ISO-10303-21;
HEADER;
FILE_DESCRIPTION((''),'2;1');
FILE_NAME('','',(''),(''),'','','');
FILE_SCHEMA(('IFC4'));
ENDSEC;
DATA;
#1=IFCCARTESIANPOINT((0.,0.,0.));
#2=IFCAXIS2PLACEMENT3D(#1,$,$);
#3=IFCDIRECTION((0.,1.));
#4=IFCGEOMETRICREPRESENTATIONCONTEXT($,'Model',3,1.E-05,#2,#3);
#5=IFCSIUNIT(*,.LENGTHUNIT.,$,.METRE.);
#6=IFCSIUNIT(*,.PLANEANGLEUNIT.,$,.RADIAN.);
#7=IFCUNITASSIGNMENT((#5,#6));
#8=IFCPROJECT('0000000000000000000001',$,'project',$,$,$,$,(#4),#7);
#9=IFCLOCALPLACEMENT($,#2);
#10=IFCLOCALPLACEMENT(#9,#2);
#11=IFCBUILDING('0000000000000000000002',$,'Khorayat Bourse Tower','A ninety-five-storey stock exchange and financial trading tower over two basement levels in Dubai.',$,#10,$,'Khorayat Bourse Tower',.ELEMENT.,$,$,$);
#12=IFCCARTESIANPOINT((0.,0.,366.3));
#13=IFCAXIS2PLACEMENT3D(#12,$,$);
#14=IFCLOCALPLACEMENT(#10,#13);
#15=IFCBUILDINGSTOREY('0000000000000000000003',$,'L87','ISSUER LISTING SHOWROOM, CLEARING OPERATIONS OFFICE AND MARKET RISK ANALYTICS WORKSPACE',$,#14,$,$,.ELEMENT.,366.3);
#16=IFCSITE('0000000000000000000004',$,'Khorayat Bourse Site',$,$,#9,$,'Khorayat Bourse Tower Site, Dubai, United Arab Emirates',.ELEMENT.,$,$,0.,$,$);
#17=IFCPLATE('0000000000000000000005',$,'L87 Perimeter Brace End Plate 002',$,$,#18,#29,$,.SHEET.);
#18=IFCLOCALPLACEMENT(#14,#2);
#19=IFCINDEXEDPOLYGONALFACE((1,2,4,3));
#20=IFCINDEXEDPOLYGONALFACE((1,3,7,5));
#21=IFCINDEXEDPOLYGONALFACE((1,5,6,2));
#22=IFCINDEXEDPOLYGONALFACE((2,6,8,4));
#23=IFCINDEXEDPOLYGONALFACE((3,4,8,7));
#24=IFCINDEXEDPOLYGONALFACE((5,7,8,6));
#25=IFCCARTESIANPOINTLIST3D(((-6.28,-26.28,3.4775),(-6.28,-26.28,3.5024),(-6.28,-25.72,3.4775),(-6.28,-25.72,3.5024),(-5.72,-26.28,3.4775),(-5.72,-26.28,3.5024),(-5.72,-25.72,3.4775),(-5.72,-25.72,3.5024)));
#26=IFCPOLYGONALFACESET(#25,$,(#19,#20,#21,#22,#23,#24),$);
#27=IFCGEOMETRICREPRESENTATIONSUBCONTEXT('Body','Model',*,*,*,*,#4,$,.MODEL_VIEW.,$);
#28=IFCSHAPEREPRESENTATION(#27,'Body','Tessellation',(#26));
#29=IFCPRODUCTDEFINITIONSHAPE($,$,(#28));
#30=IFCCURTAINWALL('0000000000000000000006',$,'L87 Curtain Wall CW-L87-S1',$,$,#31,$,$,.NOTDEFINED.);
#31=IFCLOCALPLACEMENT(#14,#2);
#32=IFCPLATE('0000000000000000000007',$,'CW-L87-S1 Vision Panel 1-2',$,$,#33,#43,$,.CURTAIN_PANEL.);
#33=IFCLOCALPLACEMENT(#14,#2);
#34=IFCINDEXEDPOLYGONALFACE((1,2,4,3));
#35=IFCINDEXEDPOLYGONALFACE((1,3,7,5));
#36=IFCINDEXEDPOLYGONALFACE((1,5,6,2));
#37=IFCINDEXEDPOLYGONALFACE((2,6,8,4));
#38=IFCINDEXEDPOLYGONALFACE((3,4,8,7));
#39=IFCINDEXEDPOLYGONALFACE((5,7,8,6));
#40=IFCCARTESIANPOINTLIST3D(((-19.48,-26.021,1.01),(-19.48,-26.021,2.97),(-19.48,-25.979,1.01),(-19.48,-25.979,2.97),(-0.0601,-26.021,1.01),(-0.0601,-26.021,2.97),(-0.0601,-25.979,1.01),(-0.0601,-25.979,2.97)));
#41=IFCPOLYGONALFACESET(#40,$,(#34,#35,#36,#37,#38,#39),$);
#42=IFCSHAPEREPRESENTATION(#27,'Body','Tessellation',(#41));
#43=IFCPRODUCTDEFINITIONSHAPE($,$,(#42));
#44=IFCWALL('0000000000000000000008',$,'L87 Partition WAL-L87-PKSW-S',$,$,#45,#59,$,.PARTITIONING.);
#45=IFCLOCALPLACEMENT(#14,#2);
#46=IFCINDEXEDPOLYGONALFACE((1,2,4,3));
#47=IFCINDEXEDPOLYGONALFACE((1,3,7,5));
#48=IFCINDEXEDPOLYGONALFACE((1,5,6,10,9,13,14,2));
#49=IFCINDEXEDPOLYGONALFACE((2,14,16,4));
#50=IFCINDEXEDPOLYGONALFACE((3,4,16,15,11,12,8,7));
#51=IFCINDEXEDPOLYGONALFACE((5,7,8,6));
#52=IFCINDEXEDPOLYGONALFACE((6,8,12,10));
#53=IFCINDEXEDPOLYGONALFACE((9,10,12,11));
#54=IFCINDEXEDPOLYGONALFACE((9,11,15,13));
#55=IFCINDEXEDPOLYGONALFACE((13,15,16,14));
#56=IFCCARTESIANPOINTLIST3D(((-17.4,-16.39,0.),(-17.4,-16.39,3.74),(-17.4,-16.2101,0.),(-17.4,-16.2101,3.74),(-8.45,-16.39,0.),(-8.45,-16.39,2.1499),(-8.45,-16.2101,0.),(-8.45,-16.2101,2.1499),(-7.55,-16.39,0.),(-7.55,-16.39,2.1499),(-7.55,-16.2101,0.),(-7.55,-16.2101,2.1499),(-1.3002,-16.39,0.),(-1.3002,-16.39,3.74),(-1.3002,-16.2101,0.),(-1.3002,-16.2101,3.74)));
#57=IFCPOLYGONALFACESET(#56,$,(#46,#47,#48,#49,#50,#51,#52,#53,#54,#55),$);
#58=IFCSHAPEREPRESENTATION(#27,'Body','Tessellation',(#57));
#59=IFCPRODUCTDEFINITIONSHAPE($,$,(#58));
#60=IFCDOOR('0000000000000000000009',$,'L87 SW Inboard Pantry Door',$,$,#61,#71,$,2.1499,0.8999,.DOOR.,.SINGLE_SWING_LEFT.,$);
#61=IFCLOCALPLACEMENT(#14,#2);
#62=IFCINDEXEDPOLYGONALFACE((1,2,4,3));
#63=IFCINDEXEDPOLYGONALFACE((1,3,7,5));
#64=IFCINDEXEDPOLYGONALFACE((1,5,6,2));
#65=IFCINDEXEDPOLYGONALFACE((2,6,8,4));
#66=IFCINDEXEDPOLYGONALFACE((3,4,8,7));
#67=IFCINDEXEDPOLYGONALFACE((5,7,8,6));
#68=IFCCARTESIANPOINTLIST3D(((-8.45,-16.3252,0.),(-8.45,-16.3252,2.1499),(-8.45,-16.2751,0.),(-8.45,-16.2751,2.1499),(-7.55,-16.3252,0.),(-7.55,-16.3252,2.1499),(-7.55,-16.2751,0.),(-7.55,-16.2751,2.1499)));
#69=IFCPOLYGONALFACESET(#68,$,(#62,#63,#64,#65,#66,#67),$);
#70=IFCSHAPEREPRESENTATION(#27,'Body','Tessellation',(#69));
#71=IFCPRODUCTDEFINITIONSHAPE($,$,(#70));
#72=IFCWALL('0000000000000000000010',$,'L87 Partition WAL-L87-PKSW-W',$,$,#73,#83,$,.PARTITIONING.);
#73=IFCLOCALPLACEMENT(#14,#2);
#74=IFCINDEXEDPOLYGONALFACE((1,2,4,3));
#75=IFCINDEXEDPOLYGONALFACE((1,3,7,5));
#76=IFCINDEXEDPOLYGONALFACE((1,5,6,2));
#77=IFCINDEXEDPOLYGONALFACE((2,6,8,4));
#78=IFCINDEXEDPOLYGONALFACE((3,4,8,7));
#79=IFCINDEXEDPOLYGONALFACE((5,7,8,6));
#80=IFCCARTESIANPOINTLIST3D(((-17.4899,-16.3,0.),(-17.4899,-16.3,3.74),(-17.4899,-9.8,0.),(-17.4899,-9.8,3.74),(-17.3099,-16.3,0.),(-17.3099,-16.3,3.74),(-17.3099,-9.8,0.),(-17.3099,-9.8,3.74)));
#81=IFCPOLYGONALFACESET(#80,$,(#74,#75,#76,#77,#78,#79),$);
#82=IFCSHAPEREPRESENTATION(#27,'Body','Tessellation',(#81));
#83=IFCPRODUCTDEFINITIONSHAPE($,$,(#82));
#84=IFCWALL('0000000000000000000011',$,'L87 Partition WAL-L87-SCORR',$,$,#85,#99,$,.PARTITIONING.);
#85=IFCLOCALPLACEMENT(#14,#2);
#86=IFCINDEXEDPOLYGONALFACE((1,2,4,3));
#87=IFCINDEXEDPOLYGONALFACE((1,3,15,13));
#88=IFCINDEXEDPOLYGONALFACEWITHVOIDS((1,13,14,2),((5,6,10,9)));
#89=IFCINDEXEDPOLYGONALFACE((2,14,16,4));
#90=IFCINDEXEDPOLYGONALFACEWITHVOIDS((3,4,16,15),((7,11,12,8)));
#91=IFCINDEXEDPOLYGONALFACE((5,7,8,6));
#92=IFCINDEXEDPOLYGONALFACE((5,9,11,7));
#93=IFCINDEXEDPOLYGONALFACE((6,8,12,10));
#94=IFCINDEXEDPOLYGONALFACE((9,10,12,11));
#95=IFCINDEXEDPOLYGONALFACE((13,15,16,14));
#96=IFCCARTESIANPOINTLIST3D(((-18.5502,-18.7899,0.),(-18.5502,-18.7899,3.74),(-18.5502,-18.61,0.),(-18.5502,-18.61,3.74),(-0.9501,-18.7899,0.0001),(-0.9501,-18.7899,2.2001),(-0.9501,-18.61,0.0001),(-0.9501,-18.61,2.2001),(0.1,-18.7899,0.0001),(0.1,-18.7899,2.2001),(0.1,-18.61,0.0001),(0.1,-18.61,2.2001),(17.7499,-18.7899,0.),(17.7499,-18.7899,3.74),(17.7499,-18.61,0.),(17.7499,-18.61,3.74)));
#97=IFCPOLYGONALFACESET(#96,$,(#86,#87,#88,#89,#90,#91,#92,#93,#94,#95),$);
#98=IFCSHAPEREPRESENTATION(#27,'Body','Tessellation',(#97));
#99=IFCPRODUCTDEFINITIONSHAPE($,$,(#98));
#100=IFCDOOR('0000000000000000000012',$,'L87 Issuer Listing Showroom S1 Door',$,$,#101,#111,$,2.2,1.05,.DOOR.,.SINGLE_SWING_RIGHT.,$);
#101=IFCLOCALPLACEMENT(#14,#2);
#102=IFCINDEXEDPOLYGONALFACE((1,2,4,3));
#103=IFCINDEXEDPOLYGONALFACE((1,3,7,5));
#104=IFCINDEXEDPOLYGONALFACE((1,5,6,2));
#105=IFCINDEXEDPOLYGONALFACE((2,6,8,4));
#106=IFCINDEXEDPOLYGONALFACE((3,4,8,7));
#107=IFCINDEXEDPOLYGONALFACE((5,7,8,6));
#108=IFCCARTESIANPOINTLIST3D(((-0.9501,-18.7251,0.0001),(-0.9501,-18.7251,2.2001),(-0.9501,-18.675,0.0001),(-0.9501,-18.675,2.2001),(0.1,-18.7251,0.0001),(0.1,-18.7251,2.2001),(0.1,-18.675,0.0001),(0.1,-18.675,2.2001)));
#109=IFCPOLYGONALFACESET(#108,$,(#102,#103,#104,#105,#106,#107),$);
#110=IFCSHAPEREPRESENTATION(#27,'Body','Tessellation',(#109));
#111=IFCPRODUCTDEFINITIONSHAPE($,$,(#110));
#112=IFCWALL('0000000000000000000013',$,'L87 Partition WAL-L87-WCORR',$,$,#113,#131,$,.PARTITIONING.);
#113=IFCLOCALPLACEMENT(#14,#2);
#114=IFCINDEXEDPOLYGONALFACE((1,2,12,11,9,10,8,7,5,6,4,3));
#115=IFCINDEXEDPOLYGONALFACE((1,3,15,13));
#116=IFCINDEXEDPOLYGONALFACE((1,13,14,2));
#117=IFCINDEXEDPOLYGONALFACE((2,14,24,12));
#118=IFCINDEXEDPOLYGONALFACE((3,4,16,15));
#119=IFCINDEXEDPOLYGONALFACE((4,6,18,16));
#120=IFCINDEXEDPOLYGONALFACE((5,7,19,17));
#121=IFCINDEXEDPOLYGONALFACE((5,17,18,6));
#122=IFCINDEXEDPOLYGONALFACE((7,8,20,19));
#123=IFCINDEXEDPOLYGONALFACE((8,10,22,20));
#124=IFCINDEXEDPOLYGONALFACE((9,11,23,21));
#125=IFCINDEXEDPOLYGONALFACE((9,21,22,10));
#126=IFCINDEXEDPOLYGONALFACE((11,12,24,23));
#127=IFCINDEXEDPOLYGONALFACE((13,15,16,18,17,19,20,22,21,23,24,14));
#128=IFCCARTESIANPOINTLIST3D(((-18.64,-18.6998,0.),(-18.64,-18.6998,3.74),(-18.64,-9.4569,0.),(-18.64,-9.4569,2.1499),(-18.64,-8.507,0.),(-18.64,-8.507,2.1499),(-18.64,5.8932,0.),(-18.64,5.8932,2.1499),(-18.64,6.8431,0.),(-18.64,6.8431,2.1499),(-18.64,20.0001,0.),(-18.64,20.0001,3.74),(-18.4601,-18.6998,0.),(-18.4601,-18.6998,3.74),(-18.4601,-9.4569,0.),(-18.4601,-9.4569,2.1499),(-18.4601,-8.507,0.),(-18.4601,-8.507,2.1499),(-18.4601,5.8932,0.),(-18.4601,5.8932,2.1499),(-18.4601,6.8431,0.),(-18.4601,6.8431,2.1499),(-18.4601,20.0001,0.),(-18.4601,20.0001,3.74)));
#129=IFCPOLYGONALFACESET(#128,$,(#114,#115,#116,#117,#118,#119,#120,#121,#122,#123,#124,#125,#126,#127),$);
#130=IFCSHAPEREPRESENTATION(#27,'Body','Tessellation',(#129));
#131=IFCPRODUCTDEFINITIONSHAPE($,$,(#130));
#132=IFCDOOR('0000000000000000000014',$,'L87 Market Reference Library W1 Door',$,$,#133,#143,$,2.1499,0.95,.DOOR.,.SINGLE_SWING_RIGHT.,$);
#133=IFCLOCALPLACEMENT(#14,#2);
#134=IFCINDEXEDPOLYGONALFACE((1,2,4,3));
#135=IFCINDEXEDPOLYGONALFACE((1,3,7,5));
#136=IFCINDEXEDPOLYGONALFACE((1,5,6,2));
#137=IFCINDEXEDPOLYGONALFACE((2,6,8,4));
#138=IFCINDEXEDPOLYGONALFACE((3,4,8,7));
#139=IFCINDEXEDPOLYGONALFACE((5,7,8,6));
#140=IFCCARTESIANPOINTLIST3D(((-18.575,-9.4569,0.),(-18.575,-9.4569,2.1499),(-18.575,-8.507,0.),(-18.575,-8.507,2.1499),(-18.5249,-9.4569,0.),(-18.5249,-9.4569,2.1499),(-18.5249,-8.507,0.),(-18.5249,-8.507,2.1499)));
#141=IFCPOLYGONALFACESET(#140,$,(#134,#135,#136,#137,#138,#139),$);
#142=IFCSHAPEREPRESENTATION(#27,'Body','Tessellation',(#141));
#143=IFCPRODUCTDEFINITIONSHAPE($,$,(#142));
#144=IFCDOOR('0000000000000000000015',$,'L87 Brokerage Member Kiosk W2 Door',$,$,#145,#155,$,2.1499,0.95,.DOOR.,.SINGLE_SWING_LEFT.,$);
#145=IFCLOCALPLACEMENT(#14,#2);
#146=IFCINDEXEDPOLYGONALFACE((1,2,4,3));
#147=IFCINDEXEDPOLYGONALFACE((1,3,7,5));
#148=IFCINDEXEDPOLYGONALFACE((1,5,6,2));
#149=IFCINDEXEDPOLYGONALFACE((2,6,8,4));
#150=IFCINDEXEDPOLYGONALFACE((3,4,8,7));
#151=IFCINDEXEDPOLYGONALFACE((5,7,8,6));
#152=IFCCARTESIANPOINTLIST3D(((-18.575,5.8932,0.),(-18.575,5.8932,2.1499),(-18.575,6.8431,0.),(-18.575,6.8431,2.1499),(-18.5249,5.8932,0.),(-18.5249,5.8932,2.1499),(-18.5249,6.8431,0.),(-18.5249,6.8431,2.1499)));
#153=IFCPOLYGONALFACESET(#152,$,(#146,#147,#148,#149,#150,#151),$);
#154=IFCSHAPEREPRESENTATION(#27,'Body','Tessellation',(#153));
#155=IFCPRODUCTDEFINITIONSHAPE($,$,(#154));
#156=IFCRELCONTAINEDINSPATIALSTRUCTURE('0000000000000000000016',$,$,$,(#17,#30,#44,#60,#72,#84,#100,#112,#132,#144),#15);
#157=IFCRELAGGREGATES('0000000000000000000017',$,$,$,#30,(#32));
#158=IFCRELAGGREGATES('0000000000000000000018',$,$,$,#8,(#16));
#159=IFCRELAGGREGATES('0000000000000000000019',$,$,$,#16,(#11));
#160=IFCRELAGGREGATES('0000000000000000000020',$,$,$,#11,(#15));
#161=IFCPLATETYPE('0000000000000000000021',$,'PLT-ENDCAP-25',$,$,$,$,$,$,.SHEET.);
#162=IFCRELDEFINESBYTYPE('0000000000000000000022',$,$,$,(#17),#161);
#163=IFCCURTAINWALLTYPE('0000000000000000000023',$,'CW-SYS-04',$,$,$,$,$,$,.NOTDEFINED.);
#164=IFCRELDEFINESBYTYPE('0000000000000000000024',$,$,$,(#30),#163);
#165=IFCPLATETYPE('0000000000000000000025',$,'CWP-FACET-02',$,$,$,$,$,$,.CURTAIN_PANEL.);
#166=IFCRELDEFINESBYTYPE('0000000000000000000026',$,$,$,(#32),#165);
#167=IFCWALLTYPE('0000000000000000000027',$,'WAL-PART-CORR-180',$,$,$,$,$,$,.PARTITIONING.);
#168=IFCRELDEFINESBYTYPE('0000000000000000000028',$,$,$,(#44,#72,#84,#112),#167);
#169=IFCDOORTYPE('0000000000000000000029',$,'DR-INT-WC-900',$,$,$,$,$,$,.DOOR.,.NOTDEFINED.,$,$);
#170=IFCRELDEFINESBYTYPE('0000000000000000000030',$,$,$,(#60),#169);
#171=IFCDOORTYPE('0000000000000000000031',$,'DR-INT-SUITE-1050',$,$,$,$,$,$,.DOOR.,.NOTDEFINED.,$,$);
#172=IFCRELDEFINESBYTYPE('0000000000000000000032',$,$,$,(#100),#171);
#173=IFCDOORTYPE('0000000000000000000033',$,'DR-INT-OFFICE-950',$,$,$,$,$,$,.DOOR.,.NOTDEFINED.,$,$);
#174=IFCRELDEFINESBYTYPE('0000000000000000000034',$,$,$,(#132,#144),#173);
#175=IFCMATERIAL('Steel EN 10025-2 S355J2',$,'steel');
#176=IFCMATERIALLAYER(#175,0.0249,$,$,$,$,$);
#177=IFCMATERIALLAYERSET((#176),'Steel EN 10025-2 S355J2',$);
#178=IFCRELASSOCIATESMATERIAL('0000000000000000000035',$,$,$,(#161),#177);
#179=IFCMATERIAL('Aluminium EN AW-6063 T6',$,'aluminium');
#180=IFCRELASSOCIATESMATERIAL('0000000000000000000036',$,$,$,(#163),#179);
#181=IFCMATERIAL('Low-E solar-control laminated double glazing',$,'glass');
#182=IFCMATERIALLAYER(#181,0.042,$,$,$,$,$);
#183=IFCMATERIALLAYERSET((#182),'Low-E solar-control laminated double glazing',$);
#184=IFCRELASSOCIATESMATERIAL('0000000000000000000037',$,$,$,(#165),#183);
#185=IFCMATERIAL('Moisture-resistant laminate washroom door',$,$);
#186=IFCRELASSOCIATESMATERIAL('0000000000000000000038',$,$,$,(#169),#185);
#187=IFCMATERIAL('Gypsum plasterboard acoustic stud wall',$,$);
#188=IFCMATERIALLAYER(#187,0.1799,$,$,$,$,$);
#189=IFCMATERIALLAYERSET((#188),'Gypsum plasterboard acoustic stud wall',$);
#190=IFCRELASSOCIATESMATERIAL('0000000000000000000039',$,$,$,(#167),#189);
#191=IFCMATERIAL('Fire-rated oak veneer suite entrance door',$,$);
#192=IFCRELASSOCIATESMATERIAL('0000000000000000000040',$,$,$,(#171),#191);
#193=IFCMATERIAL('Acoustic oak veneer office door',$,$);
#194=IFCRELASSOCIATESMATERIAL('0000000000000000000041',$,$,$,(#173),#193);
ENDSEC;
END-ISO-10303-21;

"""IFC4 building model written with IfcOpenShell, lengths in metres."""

from ifc_helpers import new_model, si_unit, direction, frame, frame_2d, origin, origin_2d, place, context, subcontext, project, spatial, rectangle, extrude, source, transform, mapped, material, layer, layer_set, type_object, element, fill, aggregate, save


model = new_model("IFC4")

# Units and contexts
model_context = context("Model", 3, precision=1e-05, world=origin(), true_north=direction((0.0, 1.0)))
body_context = subcontext(model_context, "Body", "Model", "MODEL_VIEW")
ifc_project = project(units=[si_unit("LENGTHUNIT", "METRE"), si_unit("PLANEANGLEUNIT", "RADIAN")], contexts=[model_context])

# Site, building, storey
site_placement = place(None, origin())
site = spatial("IfcSite", under=ifc_project, at=site_placement, Name="Khorayat Bourse Site", LongName="Khorayat Bourse Tower Site, Dubai, United Arab Emirates", CompositionType="ELEMENT", RefElevation=0.0)
building_placement = place(site_placement, origin())
building = spatial("IfcBuilding", under=site, at=building_placement, Name="Khorayat Bourse Tower", Description="A ninety-five-storey stock exchange and financial trading tower over two basement levels in Dubai.", LongName="Khorayat Bourse Tower", CompositionType="ELEMENT")
storey_placement = place(building_placement, frame((0.0, 0.0, 366.3)))
storey = spatial("IfcBuildingStorey", under=building, at=storey_placement, Name="L87", Description="ISSUER LISTING SHOWROOM, CLEARING OPERATIONS OFFICE AND MARKET RISK ANALYTICS WORKSPACE", CompositionType="ELEMENT", Elevation=366.3)

# Shared definitions
ifc_material_1 = material(Name="Steel EN 10025-2 S355J2", Category="steel")

# Plate
ifc_layer_1 = layer(ifc_material_1, 0.0249)
ifc_layer_set_1 = layer_set([ifc_layer_1], Name="Steel EN 10025-2 S355J2")
plate_type_1 = type_object("IfcPlateType", Name="PLT-ENDCAP-25", PredefinedType="SHEET", material=ifc_layer_set_1)
shared_shape_1 = source(origin(), body_context, "Body", "SweptSolid", [
    extrude(rectangle(XDim=0.5601, YDim=0.5601, at=origin_2d()), origin(), (0.0, 0.0, 1.0), 0.0249),
])
plate_1_placement = place(storey_placement, frame((-6.0, -26.0, 3.4775), z_axis=(0.0, 0.0, 1.0), x_axis=(1.0, 0.0, 0.0)))
element("IfcPlate", 1, at=plate_1_placement, inside=storey, type_object=plate_type_1, Name="L87 Perimeter Brace End Plate 002", PredefinedType="SHEET", context=body_context, shape_type="MappedRepresentation", body=[
    mapped(shared_shape_1, transform((0.0, 0.0, 0.0), scale=1.0)),
])

# Curtain wall, plate
ifc_material_2 = material(Name="Aluminium EN AW-6063 T6", Category="aluminium")
curtain_wall_type = type_object("IfcCurtainWallType", Name="CW-SYS-04", PredefinedType="NOTDEFINED", material=ifc_material_2)
curtain_wall_placement = place(storey_placement, origin())
curtain_wall = element("IfcCurtainWall", 2, at=curtain_wall_placement, inside=storey, type_object=curtain_wall_type, Name="L87 Curtain Wall CW-L87-S1", PredefinedType="NOTDEFINED")
ifc_material_3 = material(Name="Low-E solar-control laminated double glazing", Category="glass")
ifc_layer_2 = layer(ifc_material_3, 0.042)
ifc_layer_set_2 = layer_set([ifc_layer_2], Name="Low-E solar-control laminated double glazing")
plate_type_2 = type_object("IfcPlateType", Name="CWP-FACET-02", PredefinedType="CURTAIN_PANEL", material=ifc_layer_set_2)
shared_shape_2 = source(origin(), body_context, "Body", "SweptSolid", [
    extrude(rectangle(XDim=19.4199, YDim=0.042, at=origin_2d()), origin(), (0.0, 0.0, 1.0), 1.96),
])
plate_2_placement = place(storey_placement, frame((-9.77, -26.0, 1.01), z_axis=(0.0, 0.0, 1.0), x_axis=(1.0, 0.0, 0.0)))
plate_2 = element("IfcPlate", 3, at=plate_2_placement, type_object=plate_type_2, Name="CW-L87-S1 Vision Panel 1-2", PredefinedType="CURTAIN_PANEL", context=body_context, shape_type="MappedRepresentation", body=[
    mapped(shared_shape_2, transform((0.0, 0.0, 0.0), scale=1.0)),
])
aggregate(curtain_wall, [plate_2])

# Shared definitions
ifc_material_4 = material(Name="Moisture-resistant laminate washroom door")
door_type_1 = type_object("IfcDoorType", Name="DR-INT-WC-900", OperationType="NOTDEFINED", PredefinedType="DOOR", material=ifc_material_4)
shared_shape_3 = source(origin(), body_context, "Body", "SweptSolid", [
    extrude(rectangle(XDim=0.8999, YDim=2.1499, at=frame_2d((0.45, 1.075))), frame((0.0, 0.0249, 0.0), z_axis=(0.0, -1.0, 0.0), x_axis=(1.0, 0.0, 0.0)), (0.0, 0.0, 1.0), 0.05),
])

# Wall, opening, door
ifc_material_5 = material(Name="Gypsum plasterboard acoustic stud wall")
ifc_layer_3 = layer(ifc_material_5, 0.1799)
ifc_layer_set_3 = layer_set([ifc_layer_3], Name="Gypsum plasterboard acoustic stud wall")
wall_type_1 = type_object("IfcWallType", Name="WAL-PART-CORR-180", PredefinedType="PARTITIONING", material=ifc_layer_set_3)
shared_shape_4 = source(origin(), body_context, "Body", "SweptSolid", [
    extrude(rectangle(XDim=16.0999, YDim=0.1799, at=frame_2d((8.0498, 0.0))), origin(), (0.0, 0.0, 1.0), 3.74),
])
wall_1_placement = place(storey_placement, frame((-17.3999, -16.3, 0.0), z_axis=(0.0, 0.0, 1.0), x_axis=(1.0, 0.0, 0.0)))
wall_1 = element("IfcWall", 4, at=wall_1_placement, inside=storey, type_object=wall_type_1, Name="L87 Partition WAL-L87-PKSW-S", PredefinedType="PARTITIONING", context=body_context, shape_type="MappedRepresentation", body=[
    mapped(shared_shape_4, transform((0.0, 0.0, 0.0), scale=1.0)),
])
shared_shape_5 = source(origin(), body_context, "Body", "SweptSolid", [
    extrude(rectangle(XDim=0.8999, YDim=2.1499, at=frame_2d((0.45, 1.075))), frame((0.0, 0.0999, 0.0), z_axis=(0.0, -1.0, 0.0), x_axis=(1.0, 0.0, 0.0)), (0.0, 0.0, 1.0), 0.2),
])
opening_1_placement = place(wall_1_placement, frame((8.95, 0.0, 0.0)))
opening_1 = element("IfcOpeningElement", 5, at=opening_1_placement, cuts=wall_1, PredefinedType="OPENING", context=body_context, shape_type="MappedRepresentation", body=[
    mapped(shared_shape_5, transform((0.0, 0.0, 0.0), scale=1.0)),
])
door_1_placement = place(opening_1_placement, origin())
door_1 = element("IfcDoor", 6, at=door_1_placement, inside=storey, type_object=door_type_1, Name="L87 SW Inboard Pantry Door", OperationType="SINGLE_SWING_LEFT", OverallHeight=2.1499, OverallWidth=0.8999, PredefinedType="DOOR", context=body_context, shape_type="MappedRepresentation", body=[
    mapped(shared_shape_3, transform((0.0, 0.0, 0.0), scale=1.0)),
])
fill(opening_1, door_1)

# Wall
shared_shape_6 = source(origin(), body_context, "Body", "SweptSolid", [
    extrude(rectangle(XDim=6.5, YDim=0.1799, at=frame_2d((3.25, 0.0))), origin(), (0.0, 0.0, 1.0), 3.74),
])
wall_2_placement = place(storey_placement, frame((-17.3999, -16.3, 0.0), z_axis=(0.0, 0.0, 1.0), x_axis=(0.0, 1.0, 0.0)))
element("IfcWall", 7, at=wall_2_placement, inside=storey, type_object=wall_type_1, Name="L87 Partition WAL-L87-PKSW-W", PredefinedType="PARTITIONING", context=body_context, shape_type="MappedRepresentation", body=[
    mapped(shared_shape_6, transform((0.0, 0.0, 0.0), scale=1.0)),
])

# Wall, opening, door
shared_shape_7 = source(origin(), body_context, "Body", "SweptSolid", [
    extrude(rectangle(XDim=36.3, YDim=0.1799, at=frame_2d((18.1499, 0.0))), origin(), (0.0, 0.0, 1.0), 3.74),
])
wall_3_placement = place(storey_placement, frame((-18.55, -18.7, 0.0), z_axis=(0.0, 0.0, 1.0), x_axis=(1.0, 0.0, 0.0)))
wall_3 = element("IfcWall", 8, at=wall_3_placement, inside=storey, type_object=wall_type_1, Name="L87 Partition WAL-L87-SCORR", PredefinedType="PARTITIONING", context=body_context, shape_type="MappedRepresentation", body=[
    mapped(shared_shape_7, transform((0.0, 0.0, 0.0), scale=1.0)),
])
shared_shape_8 = source(origin(), body_context, "Body", "SweptSolid", [
    extrude(rectangle(XDim=1.05, YDim=2.2, at=frame_2d((0.5249, 1.1001))), frame((0.0, 0.0999, 0.0), z_axis=(0.0, -1.0, 0.0), x_axis=(1.0, 0.0, 0.0)), (0.0, 0.0, 1.0), 0.2),
])
opening_2_placement = place(wall_3_placement, frame((17.6001, 0.0, 0.0)))
opening_2 = element("IfcOpeningElement", 9, at=opening_2_placement, cuts=wall_3, PredefinedType="OPENING", context=body_context, shape_type="MappedRepresentation", body=[
    mapped(shared_shape_8, transform((0.0, 0.0, 0.0), scale=1.0)),
])
ifc_material_6 = material(Name="Fire-rated oak veneer suite entrance door")
door_type_2 = type_object("IfcDoorType", Name="DR-INT-SUITE-1050", OperationType="NOTDEFINED", PredefinedType="DOOR", material=ifc_material_6)
shared_shape_9 = source(origin(), body_context, "Body", "SweptSolid", [
    extrude(rectangle(XDim=1.05, YDim=2.2, at=frame_2d((0.5249, 1.1001))), frame((0.0, 0.0249, 0.0), z_axis=(0.0, -1.0, 0.0), x_axis=(1.0, 0.0, 0.0)), (0.0, 0.0, 1.0), 0.05),
])
door_2_placement = place(opening_2_placement, origin())
door_2 = element("IfcDoor", 10, at=door_2_placement, inside=storey, type_object=door_type_2, Name="L87 Issuer Listing Showroom S1 Door", OperationType="SINGLE_SWING_RIGHT", OverallHeight=2.2, OverallWidth=1.05, PredefinedType="DOOR", context=body_context, shape_type="MappedRepresentation", body=[
    mapped(shared_shape_9, transform((0.0, 0.0, 0.0), scale=1.0)),
])
fill(opening_2, door_2)

# Wall, openings, doors
shared_shape_10 = source(origin(), body_context, "Body", "SweptSolid", [
    extrude(rectangle(XDim=38.7, YDim=0.1799, at=frame_2d((19.3501, 0.0))), origin(), (0.0, 0.0, 1.0), 3.74),
])
wall_4_placement = place(storey_placement, frame((-18.55, -18.7, 0.0), z_axis=(0.0, 0.0, 1.0), x_axis=(0.0, 1.0, 0.0)))
wall_4 = element("IfcWall", 11, at=wall_4_placement, inside=storey, type_object=wall_type_1, Name="L87 Partition WAL-L87-WCORR", PredefinedType="PARTITIONING", context=body_context, shape_type="MappedRepresentation", body=[
    mapped(shared_shape_10, transform((0.0, 0.0, 0.0), scale=1.0)),
])
shared_shape_11 = source(origin(), body_context, "Body", "SweptSolid", [
    extrude(rectangle(XDim=0.95, YDim=2.1499, at=frame_2d((0.4751, 1.075))), frame((0.0, 0.0999, 0.0), z_axis=(0.0, -1.0, 0.0), x_axis=(1.0, 0.0, 0.0)), (0.0, 0.0, 1.0), 0.2),
])
opening_3_placement = place(wall_4_placement, frame((9.2429, 0.0, 0.0)))
opening_3 = element("IfcOpeningElement", 12, at=opening_3_placement, cuts=wall_4, PredefinedType="OPENING", context=body_context, shape_type="MappedRepresentation", body=[
    mapped(shared_shape_11, transform((0.0, 0.0, 0.0), scale=1.0)),
])
opening_4_placement = place(wall_4_placement, frame((24.593, 0.0, 0.0)))
opening_4 = element("IfcOpeningElement", 13, at=opening_4_placement, cuts=wall_4, PredefinedType="OPENING", context=body_context, shape_type="MappedRepresentation", body=[
    mapped(shared_shape_11, transform((0.0, 0.0, 0.0), scale=1.0)),
])
ifc_material_7 = material(Name="Acoustic oak veneer office door")
door_type_3 = type_object("IfcDoorType", Name="DR-INT-OFFICE-950", OperationType="NOTDEFINED", PredefinedType="DOOR", material=ifc_material_7)
shared_shape_12 = source(origin(), body_context, "Body", "SweptSolid", [
    extrude(rectangle(XDim=0.95, YDim=2.1499, at=frame_2d((0.4751, 1.075))), frame((0.0, 0.0249, 0.0), z_axis=(0.0, -1.0, 0.0), x_axis=(1.0, 0.0, 0.0)), (0.0, 0.0, 1.0), 0.05),
])
door_3_placement = place(opening_3_placement, origin())
door_3 = element("IfcDoor", 14, at=door_3_placement, inside=storey, type_object=door_type_3, Name="L87 Market Reference Library W1 Door", OperationType="SINGLE_SWING_RIGHT", OverallHeight=2.1499, OverallWidth=0.95, PredefinedType="DOOR", context=body_context, shape_type="MappedRepresentation", body=[
    mapped(shared_shape_12, transform((0.0, 0.0, 0.0), scale=1.0)),
])
fill(opening_3, door_3)
door_4_placement = place(opening_4_placement, origin())
door_4 = element("IfcDoor", 15, at=door_4_placement, inside=storey, type_object=door_type_3, Name="L87 Brokerage Member Kiosk W2 Door", OperationType="SINGLE_SWING_LEFT", OverallHeight=2.1499, OverallWidth=0.95, PredefinedType="DOOR", context=body_context, shape_type="MappedRepresentation", body=[
    mapped(shared_shape_12, transform((0.0, 0.0, 0.0), scale=1.0)),
])
fill(opening_4, door_4)

save(model, "model.ifc")
